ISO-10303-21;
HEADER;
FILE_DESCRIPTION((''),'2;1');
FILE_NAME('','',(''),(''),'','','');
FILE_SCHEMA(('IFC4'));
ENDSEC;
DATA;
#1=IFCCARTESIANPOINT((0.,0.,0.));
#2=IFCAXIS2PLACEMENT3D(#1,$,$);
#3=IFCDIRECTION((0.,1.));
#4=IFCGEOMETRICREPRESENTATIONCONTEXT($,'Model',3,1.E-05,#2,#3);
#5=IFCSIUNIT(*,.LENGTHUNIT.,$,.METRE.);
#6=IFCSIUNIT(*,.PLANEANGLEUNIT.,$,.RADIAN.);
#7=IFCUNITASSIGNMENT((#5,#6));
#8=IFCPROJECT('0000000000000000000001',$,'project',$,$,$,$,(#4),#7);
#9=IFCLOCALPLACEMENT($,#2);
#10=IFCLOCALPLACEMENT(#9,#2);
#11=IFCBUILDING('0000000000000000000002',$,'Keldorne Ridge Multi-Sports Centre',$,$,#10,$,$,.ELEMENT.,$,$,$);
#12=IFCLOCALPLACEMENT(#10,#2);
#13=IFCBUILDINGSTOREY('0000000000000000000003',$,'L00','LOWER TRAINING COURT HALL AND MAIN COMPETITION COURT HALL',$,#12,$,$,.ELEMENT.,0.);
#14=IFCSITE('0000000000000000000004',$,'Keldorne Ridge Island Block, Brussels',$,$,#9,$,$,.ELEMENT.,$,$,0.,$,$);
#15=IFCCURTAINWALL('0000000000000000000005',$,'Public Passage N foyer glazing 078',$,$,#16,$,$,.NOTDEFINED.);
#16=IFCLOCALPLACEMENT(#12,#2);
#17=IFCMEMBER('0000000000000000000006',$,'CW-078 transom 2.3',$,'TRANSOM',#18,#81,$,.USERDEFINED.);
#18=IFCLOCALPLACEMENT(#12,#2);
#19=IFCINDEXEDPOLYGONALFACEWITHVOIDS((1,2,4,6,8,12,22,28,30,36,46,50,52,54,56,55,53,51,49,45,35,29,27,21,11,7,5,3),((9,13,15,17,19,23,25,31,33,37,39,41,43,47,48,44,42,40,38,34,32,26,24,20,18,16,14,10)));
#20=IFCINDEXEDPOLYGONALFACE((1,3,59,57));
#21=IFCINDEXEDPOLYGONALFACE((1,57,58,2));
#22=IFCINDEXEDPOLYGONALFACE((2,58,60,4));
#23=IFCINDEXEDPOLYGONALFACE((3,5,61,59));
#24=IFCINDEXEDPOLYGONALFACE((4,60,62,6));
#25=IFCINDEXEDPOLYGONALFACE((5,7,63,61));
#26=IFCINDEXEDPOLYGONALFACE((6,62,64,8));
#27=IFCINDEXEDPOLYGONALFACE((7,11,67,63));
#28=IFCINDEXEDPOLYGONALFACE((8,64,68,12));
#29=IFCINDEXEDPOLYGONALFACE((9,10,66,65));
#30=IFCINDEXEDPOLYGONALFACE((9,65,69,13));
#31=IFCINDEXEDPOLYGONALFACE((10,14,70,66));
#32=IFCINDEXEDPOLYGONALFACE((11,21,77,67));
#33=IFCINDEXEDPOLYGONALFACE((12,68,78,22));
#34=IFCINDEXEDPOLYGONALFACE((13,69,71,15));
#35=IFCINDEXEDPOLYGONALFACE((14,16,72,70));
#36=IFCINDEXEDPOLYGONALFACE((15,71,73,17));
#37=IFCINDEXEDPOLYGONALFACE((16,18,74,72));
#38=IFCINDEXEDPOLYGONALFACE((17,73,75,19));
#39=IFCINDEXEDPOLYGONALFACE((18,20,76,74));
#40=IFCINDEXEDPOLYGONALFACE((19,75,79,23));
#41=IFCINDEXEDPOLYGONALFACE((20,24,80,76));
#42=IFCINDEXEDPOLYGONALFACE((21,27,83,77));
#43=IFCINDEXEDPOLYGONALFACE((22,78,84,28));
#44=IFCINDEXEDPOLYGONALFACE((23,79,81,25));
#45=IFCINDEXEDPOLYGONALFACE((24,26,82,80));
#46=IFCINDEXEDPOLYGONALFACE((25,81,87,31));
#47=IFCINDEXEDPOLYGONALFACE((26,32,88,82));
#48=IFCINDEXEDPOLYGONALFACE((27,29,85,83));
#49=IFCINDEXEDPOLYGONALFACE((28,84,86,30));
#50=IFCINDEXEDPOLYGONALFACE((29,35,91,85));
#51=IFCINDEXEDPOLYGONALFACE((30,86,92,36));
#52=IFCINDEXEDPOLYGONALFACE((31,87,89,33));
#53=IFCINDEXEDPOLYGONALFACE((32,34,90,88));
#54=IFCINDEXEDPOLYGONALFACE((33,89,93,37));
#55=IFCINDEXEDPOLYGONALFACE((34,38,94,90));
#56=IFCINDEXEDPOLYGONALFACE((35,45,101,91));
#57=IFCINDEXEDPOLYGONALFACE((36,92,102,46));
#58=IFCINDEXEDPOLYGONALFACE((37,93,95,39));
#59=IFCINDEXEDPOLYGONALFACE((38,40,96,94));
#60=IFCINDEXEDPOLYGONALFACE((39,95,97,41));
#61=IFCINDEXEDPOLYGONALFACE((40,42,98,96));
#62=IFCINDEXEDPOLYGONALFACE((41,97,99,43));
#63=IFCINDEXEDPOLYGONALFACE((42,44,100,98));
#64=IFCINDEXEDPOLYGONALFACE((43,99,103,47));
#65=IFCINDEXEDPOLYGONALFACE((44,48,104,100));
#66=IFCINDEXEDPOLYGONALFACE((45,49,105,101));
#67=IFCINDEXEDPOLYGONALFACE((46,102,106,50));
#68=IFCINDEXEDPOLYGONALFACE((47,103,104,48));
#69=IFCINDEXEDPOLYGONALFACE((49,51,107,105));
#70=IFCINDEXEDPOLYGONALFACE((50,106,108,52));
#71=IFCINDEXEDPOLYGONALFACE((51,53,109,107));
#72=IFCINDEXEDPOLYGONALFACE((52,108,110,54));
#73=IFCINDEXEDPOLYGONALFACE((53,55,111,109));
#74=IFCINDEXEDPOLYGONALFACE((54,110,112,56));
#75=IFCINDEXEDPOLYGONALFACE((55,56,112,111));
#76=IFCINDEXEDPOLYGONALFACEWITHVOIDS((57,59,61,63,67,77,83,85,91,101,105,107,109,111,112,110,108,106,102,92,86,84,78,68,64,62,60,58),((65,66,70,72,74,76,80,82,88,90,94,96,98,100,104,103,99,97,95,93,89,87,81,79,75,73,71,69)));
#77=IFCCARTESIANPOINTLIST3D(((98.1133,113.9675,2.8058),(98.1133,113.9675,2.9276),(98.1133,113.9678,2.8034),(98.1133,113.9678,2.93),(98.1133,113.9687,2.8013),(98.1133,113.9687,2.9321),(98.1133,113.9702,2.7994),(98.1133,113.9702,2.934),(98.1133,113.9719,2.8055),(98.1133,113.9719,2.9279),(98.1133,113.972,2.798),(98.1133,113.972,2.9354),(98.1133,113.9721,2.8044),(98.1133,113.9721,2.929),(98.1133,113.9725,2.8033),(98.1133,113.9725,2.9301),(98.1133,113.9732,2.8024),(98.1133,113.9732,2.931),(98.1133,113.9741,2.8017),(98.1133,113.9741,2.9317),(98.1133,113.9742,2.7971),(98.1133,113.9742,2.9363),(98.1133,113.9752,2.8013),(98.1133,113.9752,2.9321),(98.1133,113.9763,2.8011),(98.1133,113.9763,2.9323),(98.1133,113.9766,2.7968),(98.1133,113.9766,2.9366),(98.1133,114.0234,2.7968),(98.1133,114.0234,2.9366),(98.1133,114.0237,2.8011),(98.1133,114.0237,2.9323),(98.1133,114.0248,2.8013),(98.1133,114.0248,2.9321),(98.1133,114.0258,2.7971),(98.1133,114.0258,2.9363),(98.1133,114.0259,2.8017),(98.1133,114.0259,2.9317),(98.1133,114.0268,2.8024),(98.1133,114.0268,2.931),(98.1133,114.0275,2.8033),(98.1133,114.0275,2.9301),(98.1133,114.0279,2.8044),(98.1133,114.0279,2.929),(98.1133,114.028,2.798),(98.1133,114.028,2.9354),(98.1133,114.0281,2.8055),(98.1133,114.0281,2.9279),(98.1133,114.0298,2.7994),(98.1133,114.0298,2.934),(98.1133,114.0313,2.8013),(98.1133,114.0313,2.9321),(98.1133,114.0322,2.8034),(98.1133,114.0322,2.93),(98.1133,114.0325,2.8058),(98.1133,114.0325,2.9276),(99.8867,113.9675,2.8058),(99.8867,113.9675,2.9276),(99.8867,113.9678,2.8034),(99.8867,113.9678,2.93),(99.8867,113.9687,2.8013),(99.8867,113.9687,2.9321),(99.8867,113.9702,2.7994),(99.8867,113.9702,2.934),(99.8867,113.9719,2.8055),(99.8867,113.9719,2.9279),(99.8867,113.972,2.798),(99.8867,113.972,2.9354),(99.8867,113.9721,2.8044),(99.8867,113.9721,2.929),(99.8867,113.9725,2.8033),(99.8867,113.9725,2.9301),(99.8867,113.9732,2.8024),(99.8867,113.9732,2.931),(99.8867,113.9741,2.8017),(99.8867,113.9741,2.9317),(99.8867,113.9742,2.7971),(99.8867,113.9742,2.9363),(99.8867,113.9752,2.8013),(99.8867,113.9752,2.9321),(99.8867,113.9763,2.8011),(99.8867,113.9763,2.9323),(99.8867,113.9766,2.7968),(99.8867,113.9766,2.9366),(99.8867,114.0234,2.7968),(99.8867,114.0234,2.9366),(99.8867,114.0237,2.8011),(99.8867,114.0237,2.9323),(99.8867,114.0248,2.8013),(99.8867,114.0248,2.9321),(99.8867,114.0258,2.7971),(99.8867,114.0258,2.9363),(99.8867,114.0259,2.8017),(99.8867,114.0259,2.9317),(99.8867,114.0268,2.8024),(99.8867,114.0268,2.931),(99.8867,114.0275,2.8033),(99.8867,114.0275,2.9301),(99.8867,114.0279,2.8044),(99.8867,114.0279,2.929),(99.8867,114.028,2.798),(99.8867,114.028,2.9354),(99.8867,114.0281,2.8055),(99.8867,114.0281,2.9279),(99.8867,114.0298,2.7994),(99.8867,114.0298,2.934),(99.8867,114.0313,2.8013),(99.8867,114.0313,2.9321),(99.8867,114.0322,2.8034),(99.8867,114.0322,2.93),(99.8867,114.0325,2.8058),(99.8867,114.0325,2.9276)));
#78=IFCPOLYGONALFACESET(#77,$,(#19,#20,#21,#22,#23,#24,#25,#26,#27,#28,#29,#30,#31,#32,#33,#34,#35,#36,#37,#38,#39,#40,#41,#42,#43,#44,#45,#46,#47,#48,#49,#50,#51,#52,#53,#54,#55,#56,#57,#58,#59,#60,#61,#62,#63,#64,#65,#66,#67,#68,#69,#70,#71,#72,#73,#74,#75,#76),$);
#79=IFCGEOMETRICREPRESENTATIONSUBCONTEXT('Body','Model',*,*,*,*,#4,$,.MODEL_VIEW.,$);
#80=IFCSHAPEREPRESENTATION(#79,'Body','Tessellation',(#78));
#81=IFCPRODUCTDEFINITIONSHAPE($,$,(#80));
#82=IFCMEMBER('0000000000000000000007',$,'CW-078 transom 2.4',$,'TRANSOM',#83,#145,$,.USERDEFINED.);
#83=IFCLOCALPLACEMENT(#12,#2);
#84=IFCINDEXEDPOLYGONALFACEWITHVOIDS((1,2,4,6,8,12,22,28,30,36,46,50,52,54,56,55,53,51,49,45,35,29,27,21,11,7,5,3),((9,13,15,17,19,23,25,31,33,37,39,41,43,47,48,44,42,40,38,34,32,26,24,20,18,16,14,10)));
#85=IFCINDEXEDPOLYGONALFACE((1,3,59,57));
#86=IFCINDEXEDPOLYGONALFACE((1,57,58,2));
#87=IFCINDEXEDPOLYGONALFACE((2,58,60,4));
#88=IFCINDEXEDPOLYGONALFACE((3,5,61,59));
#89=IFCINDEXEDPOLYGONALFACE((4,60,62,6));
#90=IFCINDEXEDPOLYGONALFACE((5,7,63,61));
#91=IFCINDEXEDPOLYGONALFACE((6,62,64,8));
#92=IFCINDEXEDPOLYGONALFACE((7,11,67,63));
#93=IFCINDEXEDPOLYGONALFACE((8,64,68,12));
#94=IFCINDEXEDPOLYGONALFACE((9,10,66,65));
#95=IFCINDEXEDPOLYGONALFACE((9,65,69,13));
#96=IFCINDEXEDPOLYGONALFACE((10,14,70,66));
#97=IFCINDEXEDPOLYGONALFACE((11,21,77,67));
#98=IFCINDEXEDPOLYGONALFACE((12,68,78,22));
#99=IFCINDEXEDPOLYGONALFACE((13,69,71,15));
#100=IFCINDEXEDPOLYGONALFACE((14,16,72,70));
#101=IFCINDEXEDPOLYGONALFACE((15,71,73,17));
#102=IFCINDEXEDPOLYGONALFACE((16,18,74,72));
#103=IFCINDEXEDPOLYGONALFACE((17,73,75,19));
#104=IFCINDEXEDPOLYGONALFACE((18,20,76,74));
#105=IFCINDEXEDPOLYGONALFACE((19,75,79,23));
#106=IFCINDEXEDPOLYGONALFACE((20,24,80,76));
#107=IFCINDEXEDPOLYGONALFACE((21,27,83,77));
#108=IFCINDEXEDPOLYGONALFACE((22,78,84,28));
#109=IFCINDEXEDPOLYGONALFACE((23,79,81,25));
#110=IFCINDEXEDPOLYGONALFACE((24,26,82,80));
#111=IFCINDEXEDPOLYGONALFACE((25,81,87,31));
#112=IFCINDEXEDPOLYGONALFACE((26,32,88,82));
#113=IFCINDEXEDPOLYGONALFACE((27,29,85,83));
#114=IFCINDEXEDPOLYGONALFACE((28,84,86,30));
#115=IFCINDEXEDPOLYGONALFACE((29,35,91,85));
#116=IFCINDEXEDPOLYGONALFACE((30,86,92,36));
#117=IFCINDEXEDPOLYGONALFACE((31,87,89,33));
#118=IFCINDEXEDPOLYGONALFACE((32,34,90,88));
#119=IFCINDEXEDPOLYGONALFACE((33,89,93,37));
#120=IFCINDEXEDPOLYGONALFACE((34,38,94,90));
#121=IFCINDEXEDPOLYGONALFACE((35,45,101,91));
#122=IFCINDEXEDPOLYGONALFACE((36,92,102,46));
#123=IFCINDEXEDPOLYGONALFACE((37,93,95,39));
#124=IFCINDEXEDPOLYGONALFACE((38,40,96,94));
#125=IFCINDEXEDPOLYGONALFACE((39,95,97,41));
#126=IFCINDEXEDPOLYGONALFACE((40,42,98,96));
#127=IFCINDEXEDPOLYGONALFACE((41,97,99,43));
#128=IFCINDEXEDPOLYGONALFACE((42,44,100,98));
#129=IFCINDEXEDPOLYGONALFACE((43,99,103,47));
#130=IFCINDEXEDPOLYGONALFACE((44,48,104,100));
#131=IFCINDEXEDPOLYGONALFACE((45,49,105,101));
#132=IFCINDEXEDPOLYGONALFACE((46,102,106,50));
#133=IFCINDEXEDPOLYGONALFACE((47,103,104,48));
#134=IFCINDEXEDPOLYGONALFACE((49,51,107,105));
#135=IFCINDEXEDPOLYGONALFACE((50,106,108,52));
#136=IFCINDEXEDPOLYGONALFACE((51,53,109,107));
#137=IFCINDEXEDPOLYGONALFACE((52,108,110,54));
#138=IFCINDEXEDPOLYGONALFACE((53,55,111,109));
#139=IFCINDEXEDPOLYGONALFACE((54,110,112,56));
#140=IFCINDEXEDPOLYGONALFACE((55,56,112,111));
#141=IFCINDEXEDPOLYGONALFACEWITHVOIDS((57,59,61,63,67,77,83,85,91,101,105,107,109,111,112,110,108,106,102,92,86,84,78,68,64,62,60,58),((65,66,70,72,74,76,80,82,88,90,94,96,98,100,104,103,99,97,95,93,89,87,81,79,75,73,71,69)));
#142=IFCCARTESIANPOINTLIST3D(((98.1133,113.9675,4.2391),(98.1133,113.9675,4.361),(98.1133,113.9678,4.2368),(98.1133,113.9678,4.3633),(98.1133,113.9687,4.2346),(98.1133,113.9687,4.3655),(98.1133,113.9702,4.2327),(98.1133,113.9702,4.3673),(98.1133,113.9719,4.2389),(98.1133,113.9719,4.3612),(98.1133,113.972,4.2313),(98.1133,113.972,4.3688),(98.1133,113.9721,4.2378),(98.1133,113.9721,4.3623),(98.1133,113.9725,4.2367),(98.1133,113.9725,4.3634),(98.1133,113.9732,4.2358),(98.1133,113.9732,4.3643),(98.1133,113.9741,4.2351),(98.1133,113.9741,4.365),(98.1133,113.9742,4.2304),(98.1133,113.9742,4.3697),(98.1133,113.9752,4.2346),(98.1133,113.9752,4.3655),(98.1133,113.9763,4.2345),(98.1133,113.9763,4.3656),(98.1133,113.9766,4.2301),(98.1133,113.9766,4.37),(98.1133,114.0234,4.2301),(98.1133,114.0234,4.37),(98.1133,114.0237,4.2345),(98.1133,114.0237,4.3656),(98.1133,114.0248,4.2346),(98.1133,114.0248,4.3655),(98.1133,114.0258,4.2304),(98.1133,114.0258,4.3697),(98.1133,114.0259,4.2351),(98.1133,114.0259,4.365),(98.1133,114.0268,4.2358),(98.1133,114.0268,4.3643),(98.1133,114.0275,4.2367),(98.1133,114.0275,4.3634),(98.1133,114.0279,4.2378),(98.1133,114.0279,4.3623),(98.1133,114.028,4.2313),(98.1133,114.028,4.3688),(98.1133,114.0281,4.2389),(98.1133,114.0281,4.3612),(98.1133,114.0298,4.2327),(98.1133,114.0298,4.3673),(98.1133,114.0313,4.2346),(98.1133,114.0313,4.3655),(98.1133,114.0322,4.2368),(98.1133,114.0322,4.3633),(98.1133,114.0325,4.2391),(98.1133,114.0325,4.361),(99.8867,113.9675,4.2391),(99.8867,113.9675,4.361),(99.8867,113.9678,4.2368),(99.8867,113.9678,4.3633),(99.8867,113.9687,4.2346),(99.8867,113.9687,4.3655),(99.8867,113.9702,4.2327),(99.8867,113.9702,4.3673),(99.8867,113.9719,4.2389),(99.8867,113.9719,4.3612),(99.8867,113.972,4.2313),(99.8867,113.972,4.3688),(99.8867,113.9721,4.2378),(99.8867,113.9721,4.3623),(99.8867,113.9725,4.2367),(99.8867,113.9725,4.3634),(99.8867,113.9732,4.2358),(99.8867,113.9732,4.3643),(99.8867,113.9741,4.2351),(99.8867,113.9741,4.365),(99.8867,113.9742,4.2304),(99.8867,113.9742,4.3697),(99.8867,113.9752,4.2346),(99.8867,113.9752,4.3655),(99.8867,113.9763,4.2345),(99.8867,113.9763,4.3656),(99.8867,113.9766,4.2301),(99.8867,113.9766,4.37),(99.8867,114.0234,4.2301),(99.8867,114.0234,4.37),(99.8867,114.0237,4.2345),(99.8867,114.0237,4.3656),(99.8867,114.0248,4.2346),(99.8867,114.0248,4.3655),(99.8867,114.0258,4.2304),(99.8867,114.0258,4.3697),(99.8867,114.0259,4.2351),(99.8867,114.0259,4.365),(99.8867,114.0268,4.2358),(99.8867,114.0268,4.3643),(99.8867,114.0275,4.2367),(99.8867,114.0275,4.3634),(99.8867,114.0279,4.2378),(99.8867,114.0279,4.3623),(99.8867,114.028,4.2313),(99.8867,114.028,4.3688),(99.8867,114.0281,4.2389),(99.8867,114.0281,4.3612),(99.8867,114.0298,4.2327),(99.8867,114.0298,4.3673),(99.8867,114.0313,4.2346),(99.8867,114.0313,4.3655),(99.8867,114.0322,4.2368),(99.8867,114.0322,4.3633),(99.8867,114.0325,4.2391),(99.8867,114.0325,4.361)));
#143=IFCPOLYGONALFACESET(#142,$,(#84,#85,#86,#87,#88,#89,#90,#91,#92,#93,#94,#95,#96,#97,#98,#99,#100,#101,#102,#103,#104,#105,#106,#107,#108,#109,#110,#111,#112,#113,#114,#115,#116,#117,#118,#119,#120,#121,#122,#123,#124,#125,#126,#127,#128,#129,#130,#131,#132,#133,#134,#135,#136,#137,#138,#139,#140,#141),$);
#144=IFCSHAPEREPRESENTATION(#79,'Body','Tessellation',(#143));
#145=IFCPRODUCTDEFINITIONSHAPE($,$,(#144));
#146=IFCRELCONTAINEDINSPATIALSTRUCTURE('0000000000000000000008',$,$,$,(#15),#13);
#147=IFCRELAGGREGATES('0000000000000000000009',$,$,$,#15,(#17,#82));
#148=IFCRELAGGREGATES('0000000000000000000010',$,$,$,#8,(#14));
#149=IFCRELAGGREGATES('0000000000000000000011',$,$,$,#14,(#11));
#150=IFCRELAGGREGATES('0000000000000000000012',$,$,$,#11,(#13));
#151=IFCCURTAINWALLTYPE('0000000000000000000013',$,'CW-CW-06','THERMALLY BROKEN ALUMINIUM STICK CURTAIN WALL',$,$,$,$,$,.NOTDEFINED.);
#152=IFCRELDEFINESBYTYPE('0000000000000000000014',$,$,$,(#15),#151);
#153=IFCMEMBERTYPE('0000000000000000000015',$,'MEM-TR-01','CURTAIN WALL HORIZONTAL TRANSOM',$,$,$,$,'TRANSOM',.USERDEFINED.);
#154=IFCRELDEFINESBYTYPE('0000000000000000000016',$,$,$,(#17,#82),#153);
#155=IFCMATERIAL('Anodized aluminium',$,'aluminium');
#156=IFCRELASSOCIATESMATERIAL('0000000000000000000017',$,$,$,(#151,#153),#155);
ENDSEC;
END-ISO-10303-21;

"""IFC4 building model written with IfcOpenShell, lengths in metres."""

from ifc_helpers import new_model, si_unit, direction, frame, origin, origin_2d, place, context, subcontext, project, spatial, hollow_rectangle, extrude, material, material_profile, profile_set, type_object, element, aggregate, save


model = new_model("IFC4")

# Units and contexts
model_context = context("Model", 3, precision=1e-05, world=origin(), true_north=direction((0.0, 1.0)))
body_context = subcontext(model_context, "Body", "Model", "MODEL_VIEW")
ifc_project = project(units=[si_unit("LENGTHUNIT", "METRE"), si_unit("PLANEANGLEUNIT", "RADIAN")], contexts=[model_context])

# Site, building, storey
site_placement = place(None, origin())
site = spatial("IfcSite", under=ifc_project, at=site_placement, Name="Keldorne Ridge Island Block, Brussels", CompositionType="ELEMENT", RefElevation=0.0)
building_placement = place(site_placement, origin())
building = spatial("IfcBuilding", under=site, at=building_placement, Name="Keldorne Ridge Multi-Sports Centre", CompositionType="ELEMENT")
storey_placement = place(building_placement, origin())
storey = spatial("IfcBuildingStorey", under=building, at=storey_placement, Name="L00", Description="LOWER TRAINING COURT HALL AND MAIN COMPETITION COURT HALL", CompositionType="ELEMENT", Elevation=0.0)

# Curtain wall, members
ifc_material_1 = material(Name="Anodized aluminium", Category="aluminium")
curtain_wall_type = type_object("IfcCurtainWallType", Name="CW-CW-06", Description="THERMALLY BROKEN ALUMINIUM STICK CURTAIN WALL", PredefinedType="NOTDEFINED", material=ifc_material_1)
curtain_wall_placement = place(storey_placement, origin())
curtain_wall = element("IfcCurtainWall", 1, at=curtain_wall_placement, inside=storey, type_object=curtain_wall_type, Name="Public Passage N foyer glazing 078", PredefinedType="NOTDEFINED")
ifc_material_profile_1 = material_profile(ifc_material_1, hollow_rectangle(XDim=0.0649, YDim=0.1399, WallThickness=0.0044, InnerFilletRadius=0.0044, OuterFilletRadius=0.009, at=origin_2d()), Name="ALU TRANSOM 140x65x4.5")
ifc_profile_set_1 = profile_set([ifc_material_profile_1], Name="Anodized aluminium")
member_type_1 = type_object("IfcMemberType", Name="MEM-TR-01", Description="CURTAIN WALL HORIZONTAL TRANSOM", ElementType="TRANSOM", PredefinedType="USERDEFINED", material=ifc_profile_set_1)
member_1_placement = place(storey_placement, frame((99.8867, 114.0, 2.8667), z_axis=(-1.0, 0.0, 0.0), x_axis=(0.0, -1.0, 0.0)))
member_1 = element("IfcMember", 2, at=member_1_placement, type_object=member_type_1, Name="CW-078 transom 2.3", ObjectType="TRANSOM", PredefinedType="USERDEFINED", context=body_context, shape_type="SweptSolid", body=[
    extrude(hollow_rectangle(XDim=0.0649, YDim=0.1399, WallThickness=0.0044, InnerFilletRadius=0.0044, OuterFilletRadius=0.009, at=origin_2d()), origin(), (0.0, 0.0, 1.0), 1.7734),
])
member_2_placement = place(storey_placement, frame((99.8867, 114.0, 4.3), z_axis=(-1.0, 0.0, 0.0), x_axis=(0.0, -1.0, 0.0)))
member_2 = element("IfcMember", 3, at=member_2_placement, type_object=member_type_1, Name="CW-078 transom 2.4", ObjectType="TRANSOM", PredefinedType="USERDEFINED", context=body_context, shape_type="SweptSolid", body=[
    extrude(hollow_rectangle(XDim=0.0649, YDim=0.1399, WallThickness=0.0044, InnerFilletRadius=0.0044, OuterFilletRadius=0.009, at=origin_2d()), origin(), (0.0, 0.0, 1.0), 1.7734),
])
aggregate(curtain_wall, [member_1, member_2])

save(model, "model.ifc")
